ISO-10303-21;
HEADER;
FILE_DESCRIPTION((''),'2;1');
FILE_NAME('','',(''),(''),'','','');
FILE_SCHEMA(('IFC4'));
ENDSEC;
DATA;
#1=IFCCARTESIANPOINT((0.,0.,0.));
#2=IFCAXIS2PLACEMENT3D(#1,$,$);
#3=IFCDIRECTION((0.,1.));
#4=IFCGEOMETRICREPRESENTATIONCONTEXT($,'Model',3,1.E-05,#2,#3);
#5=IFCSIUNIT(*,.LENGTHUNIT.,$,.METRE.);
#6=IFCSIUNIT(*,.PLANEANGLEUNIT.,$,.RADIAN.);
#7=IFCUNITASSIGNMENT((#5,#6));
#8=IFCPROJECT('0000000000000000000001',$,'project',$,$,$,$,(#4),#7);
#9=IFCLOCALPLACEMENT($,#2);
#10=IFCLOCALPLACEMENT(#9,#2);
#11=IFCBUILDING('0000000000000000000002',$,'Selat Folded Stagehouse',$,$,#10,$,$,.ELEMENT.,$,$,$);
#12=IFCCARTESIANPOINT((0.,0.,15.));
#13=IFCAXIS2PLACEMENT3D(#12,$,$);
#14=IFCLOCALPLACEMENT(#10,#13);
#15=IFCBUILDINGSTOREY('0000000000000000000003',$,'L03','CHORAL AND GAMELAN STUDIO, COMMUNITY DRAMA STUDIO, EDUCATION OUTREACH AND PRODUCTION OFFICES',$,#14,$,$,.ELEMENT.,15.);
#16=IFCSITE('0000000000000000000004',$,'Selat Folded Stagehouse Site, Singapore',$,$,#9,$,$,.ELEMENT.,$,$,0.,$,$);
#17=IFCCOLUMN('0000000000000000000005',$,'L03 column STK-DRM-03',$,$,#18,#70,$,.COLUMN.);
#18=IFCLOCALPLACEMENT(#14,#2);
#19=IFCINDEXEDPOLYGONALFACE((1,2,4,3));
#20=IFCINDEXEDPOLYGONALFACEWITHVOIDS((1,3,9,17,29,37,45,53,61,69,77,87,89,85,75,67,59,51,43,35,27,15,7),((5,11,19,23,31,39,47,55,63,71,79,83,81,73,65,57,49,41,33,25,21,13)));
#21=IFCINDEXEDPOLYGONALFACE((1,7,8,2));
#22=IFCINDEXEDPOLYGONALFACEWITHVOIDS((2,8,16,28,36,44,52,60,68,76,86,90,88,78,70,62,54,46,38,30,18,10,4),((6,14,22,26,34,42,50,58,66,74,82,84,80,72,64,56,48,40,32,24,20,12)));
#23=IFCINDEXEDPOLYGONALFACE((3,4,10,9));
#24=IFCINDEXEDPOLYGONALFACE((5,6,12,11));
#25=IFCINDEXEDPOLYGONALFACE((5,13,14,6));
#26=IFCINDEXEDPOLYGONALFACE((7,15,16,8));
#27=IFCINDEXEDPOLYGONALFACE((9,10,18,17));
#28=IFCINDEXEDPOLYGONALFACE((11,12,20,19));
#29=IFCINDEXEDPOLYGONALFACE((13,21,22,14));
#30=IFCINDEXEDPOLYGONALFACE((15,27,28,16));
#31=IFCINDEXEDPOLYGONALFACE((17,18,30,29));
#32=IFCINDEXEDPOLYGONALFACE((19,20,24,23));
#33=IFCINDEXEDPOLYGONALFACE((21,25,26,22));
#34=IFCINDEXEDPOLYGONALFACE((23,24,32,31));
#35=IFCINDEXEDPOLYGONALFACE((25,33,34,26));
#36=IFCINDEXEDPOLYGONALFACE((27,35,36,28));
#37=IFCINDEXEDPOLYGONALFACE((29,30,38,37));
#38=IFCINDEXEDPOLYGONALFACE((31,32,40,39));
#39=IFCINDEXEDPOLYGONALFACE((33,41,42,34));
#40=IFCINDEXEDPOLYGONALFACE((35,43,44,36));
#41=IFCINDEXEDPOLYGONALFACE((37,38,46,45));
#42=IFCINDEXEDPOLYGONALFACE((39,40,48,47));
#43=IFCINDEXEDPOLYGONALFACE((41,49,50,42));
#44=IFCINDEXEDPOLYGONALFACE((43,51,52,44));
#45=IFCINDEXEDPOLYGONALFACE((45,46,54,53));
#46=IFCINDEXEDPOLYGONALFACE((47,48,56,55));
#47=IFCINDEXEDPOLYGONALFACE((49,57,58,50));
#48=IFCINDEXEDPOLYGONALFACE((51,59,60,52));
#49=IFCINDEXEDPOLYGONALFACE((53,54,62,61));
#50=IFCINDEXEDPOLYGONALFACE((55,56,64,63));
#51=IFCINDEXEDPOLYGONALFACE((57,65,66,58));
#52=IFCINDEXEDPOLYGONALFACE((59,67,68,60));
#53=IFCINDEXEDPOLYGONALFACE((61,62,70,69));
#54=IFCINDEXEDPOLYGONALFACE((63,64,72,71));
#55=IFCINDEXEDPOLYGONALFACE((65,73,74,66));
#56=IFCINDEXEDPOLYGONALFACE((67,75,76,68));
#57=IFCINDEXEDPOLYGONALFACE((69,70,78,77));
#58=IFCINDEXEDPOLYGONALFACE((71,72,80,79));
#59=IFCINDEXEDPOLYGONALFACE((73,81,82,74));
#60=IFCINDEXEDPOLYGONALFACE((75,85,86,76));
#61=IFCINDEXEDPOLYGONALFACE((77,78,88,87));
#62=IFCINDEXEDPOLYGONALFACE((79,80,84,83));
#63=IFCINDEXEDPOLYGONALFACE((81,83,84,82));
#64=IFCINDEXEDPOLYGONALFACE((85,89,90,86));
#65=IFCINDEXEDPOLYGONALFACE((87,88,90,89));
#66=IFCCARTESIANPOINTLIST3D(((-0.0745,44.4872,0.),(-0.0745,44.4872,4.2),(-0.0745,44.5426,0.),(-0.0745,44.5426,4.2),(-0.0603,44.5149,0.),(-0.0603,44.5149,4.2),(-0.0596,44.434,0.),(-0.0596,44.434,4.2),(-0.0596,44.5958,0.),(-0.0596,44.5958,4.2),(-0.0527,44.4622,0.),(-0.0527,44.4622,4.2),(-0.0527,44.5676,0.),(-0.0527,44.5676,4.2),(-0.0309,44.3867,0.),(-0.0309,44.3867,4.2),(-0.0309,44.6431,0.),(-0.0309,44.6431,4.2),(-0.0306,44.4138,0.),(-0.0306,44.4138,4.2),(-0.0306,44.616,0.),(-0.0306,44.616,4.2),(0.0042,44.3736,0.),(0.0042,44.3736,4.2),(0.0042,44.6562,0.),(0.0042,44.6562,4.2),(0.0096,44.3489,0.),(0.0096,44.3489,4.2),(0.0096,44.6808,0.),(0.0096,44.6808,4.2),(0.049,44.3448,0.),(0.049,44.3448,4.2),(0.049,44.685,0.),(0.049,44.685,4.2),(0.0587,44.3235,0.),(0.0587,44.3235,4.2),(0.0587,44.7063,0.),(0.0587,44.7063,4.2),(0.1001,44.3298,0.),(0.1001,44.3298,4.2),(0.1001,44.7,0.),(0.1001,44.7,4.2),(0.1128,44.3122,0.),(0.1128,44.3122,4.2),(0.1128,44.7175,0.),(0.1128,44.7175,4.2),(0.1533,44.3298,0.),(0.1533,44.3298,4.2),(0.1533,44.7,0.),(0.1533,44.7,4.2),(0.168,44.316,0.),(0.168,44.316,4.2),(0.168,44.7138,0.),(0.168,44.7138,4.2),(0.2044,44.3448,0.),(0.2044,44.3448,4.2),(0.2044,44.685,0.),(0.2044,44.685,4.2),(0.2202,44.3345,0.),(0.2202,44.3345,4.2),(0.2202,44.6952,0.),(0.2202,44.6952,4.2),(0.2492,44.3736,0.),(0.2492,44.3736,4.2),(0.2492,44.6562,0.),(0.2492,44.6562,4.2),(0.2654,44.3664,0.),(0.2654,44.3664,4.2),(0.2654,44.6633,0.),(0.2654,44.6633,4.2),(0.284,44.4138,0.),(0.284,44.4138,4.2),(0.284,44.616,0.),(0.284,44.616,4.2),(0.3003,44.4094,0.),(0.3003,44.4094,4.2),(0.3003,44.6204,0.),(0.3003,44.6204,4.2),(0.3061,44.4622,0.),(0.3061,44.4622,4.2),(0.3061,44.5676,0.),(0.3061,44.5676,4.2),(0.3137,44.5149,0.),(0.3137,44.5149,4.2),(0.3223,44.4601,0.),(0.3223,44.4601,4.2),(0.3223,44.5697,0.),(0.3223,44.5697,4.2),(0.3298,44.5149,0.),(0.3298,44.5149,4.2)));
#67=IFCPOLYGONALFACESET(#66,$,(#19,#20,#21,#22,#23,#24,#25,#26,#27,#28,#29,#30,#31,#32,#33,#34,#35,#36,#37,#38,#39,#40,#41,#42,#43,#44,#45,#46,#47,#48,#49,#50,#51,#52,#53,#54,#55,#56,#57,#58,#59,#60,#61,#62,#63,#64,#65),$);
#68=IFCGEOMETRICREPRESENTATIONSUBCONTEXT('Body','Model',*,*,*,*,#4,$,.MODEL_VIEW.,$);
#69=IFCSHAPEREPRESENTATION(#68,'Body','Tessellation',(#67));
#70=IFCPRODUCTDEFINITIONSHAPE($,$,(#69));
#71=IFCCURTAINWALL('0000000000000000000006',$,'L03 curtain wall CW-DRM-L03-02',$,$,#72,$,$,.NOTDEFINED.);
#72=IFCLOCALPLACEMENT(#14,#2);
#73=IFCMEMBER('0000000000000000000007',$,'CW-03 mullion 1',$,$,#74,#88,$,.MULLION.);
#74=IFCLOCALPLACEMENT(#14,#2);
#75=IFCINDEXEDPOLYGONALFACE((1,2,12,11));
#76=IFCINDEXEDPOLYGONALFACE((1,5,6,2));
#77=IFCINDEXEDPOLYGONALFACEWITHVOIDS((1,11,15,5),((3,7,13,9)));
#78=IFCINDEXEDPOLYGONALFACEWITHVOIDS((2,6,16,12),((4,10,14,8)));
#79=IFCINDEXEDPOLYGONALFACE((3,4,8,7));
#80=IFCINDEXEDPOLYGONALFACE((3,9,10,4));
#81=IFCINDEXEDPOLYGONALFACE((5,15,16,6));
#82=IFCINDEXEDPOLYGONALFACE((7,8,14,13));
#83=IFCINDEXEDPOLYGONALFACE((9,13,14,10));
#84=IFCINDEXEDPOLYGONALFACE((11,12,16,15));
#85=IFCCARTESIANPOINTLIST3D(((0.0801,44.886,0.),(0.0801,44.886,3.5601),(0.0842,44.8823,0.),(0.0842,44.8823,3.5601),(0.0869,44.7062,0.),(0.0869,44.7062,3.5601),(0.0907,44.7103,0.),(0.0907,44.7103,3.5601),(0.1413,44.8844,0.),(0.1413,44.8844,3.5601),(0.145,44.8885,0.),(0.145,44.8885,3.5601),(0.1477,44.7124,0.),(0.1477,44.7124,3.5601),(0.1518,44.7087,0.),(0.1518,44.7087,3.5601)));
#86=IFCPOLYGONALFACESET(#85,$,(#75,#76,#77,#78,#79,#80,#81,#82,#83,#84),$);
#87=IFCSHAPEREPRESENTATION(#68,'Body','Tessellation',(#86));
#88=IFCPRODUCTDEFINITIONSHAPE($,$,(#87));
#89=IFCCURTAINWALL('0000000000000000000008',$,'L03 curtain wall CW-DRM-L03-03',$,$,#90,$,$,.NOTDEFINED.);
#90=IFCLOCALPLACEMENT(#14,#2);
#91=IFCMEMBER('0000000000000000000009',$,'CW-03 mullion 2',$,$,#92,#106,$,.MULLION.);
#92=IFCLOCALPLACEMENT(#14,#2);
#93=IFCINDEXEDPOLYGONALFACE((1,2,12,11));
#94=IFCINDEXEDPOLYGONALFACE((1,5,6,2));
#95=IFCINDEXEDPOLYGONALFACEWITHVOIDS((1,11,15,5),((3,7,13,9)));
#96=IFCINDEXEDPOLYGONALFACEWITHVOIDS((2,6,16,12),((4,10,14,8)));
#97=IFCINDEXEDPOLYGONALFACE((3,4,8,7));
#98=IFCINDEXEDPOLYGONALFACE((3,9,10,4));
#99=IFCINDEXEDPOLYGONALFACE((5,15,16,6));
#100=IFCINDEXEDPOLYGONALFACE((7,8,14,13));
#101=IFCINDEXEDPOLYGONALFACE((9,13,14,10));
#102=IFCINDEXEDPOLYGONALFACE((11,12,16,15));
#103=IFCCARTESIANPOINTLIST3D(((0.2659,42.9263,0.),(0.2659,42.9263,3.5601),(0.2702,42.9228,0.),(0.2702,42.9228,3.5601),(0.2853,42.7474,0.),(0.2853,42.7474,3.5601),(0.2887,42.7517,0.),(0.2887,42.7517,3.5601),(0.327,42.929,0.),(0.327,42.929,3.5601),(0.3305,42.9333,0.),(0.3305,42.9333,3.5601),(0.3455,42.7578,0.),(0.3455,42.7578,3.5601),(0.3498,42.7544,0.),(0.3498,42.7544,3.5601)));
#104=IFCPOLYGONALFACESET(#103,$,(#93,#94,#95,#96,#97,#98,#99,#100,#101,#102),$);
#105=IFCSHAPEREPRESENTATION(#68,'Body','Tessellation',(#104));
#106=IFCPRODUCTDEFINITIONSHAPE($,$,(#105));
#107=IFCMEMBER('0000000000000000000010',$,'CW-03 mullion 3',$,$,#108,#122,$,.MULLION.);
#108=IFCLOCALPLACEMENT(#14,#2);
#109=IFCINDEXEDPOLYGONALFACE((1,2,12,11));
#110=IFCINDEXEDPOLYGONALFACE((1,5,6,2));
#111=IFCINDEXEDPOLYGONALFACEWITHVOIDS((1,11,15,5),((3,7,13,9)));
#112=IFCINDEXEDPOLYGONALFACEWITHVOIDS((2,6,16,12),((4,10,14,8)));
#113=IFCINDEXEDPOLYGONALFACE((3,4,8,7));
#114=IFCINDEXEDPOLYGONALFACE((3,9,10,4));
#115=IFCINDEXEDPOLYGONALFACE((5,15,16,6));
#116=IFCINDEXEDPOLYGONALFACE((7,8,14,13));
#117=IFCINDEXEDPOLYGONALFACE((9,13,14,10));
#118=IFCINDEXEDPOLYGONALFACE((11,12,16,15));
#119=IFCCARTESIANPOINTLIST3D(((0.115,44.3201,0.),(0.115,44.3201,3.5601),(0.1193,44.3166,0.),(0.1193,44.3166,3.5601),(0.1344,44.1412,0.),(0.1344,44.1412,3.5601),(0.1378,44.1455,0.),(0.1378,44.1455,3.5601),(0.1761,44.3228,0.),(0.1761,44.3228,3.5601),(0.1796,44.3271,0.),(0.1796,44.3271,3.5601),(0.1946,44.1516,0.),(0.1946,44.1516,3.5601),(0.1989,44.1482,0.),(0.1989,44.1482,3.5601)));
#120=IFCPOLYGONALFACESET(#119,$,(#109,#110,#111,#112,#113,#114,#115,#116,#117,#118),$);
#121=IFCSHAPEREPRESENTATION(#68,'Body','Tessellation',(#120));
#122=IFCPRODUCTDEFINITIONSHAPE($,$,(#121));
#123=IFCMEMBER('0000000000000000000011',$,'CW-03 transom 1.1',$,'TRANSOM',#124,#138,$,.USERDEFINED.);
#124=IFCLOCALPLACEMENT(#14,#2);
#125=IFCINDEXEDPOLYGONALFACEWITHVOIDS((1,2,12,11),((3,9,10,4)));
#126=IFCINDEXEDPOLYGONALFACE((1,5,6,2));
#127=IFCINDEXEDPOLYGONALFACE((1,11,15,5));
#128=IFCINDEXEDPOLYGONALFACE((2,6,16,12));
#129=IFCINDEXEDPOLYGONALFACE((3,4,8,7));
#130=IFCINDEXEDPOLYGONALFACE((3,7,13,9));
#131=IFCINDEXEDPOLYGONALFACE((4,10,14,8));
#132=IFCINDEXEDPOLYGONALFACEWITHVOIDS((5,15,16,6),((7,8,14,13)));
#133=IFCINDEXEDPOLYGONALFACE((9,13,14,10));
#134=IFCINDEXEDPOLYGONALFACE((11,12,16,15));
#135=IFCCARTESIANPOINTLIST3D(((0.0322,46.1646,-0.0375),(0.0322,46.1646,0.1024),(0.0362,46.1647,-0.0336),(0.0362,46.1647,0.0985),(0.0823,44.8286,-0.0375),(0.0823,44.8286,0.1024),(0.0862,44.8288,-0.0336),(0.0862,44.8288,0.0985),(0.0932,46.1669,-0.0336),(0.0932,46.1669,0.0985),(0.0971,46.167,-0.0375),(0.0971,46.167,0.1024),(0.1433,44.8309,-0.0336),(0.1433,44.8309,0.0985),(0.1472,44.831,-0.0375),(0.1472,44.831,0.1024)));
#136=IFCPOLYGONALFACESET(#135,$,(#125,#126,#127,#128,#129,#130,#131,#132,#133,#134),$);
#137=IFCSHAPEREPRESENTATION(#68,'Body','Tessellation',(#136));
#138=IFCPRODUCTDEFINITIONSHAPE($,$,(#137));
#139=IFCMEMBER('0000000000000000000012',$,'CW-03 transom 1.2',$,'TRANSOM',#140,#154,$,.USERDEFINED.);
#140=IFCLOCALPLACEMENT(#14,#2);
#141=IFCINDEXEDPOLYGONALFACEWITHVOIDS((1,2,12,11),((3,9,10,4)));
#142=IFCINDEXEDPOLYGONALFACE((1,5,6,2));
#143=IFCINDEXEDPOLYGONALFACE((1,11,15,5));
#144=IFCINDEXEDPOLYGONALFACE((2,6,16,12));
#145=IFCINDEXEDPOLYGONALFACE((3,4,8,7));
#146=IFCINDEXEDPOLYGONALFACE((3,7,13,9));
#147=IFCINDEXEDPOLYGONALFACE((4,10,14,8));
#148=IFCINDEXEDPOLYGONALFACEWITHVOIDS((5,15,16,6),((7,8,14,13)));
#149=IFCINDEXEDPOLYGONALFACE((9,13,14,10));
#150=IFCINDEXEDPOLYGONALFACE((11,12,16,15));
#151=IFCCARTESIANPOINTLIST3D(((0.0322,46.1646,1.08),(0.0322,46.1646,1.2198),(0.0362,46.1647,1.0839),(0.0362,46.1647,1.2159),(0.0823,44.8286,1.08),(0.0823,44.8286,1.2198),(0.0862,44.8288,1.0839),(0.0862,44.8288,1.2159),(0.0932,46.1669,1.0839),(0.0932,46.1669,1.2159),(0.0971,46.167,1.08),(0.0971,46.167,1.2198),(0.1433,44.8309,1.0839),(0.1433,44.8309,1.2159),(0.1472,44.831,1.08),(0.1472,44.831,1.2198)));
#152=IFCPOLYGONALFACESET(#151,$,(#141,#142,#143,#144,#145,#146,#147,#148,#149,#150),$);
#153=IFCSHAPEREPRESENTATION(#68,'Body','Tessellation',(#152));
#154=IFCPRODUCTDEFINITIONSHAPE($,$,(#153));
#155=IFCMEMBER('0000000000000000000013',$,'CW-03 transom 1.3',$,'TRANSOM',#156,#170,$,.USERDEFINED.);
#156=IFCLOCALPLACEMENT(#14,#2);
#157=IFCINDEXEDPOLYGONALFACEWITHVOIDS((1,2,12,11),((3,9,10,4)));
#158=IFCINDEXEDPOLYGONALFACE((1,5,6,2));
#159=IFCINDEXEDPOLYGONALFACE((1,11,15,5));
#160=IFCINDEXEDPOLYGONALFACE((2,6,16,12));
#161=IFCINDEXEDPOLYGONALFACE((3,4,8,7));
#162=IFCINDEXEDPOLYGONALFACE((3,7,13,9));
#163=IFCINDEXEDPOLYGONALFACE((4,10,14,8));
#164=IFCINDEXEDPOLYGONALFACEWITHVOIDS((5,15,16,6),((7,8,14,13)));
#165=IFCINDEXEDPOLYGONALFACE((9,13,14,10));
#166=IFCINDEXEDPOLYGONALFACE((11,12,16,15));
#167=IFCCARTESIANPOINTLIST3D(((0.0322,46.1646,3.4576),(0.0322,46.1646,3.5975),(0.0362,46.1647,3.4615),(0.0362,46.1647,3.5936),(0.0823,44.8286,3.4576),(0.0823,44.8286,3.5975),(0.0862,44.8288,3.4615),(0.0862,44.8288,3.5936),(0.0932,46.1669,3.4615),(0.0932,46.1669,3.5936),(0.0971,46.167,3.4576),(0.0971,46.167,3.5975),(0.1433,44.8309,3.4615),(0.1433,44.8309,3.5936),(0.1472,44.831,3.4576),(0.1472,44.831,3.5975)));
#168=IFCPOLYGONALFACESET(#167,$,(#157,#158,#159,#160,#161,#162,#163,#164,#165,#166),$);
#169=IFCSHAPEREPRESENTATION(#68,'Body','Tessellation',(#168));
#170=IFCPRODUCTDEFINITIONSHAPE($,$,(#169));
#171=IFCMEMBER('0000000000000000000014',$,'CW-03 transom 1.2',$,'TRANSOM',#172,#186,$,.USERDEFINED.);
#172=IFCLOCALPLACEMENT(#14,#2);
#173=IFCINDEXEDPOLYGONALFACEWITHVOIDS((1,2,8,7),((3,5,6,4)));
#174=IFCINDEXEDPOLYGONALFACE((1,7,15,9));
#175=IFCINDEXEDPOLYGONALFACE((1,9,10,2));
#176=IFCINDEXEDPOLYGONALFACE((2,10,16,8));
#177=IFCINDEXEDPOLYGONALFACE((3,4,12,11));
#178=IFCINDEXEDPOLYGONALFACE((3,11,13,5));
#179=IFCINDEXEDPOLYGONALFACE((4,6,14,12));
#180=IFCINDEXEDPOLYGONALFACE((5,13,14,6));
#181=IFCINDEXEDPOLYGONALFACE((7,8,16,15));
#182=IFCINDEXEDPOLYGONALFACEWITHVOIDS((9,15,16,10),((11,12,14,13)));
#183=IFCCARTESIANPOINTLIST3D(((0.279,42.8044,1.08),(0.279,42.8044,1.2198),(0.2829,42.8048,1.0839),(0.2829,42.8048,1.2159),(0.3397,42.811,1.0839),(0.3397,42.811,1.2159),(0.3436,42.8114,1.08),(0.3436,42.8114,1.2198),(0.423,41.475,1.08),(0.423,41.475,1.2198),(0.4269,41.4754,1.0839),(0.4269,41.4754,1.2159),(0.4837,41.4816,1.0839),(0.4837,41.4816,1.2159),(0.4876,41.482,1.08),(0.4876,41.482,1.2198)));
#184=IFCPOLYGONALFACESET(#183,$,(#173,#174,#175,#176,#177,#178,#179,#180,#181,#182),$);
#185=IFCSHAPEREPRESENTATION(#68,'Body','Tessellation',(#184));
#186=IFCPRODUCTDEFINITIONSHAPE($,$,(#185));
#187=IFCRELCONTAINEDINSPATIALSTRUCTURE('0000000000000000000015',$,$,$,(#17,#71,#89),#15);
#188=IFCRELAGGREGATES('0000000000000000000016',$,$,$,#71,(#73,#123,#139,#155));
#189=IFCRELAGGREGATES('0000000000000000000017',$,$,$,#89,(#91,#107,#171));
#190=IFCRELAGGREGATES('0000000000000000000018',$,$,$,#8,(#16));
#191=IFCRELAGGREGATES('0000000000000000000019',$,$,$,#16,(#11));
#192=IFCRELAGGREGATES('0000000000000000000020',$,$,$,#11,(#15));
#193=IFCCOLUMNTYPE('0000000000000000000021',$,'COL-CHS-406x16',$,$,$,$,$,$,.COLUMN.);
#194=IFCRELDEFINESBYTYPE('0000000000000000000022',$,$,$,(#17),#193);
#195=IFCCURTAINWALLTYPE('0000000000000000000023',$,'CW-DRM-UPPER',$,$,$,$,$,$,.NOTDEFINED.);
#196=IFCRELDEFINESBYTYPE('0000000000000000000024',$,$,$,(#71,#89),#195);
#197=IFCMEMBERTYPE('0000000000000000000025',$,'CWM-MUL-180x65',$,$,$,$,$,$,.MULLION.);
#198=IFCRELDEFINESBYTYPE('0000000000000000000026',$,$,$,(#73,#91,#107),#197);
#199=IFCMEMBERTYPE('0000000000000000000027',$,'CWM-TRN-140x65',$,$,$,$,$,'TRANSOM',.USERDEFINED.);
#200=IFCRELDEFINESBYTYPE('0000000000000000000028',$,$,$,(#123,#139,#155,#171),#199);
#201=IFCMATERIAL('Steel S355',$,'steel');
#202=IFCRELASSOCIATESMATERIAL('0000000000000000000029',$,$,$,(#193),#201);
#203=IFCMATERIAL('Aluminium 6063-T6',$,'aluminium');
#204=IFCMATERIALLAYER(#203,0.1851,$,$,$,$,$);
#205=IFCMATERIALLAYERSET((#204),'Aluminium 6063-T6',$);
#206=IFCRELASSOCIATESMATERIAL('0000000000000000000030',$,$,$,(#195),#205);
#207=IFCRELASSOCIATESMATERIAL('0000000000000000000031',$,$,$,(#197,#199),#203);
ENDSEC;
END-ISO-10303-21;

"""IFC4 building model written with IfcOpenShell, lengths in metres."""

from ifc_helpers import new_model, si_unit, direction, frame, origin, origin_2d, place, context, subcontext, project, spatial, hollow_rectangle, hollow_circle, extrude, material, layer, layer_set, material_profile, profile_set, type_object, element, aggregate, save


model = new_model("IFC4")

# Units and contexts
model_context = context("Model", 3, precision=1e-05, world=origin(), true_north=direction((0.0, 1.0)))
body_context = subcontext(model_context, "Body", "Model", "MODEL_VIEW")
ifc_project = project(units=[si_unit("LENGTHUNIT", "METRE"), si_unit("PLANEANGLEUNIT", "RADIAN")], contexts=[model_context])

# Site, building, storey
site_placement = place(None, origin())
site = spatial("IfcSite", under=ifc_project, at=site_placement, Name="Selat Folded Stagehouse Site, Singapore", CompositionType="ELEMENT", RefElevation=0.0)
building_placement = place(site_placement, origin())
building = spatial("IfcBuilding", under=site, at=building_placement, Name="Selat Folded Stagehouse", CompositionType="ELEMENT")
storey_placement = place(building_placement, frame((0.0, 0.0, 15.0)))
storey = spatial("IfcBuildingStorey", under=building, at=storey_placement, Name="L03", Description="CHORAL AND GAMELAN STUDIO, COMMUNITY DRAMA STUDIO, EDUCATION OUTREACH AND PRODUCTION OFFICES", CompositionType="ELEMENT", Elevation=15.0)

# Column
ifc_material_1 = material(Name="Steel S355", Category="steel")
ifc_material_profile_1 = material_profile(ifc_material_1, hollow_circle(Radius=0.2031, WallThickness=0.0161, at=origin_2d()), Name="CHS 406.4x16.0")
ifc_profile_set_1 = profile_set([ifc_material_profile_1], Name="Steel S355")
column_type = type_object("IfcColumnType", Name="COL-CHS-406x16", PredefinedType="COLUMN", material=ifc_profile_set_1)
column_placement = place(storey_placement, frame((0.1267, 44.5149, 0.0), z_axis=(0.0, 0.0, 1.0), x_axis=(1.0, 0.0, 0.0)))
element("IfcColumn", 1, at=column_placement, inside=storey, type_object=column_type, Name="L03 column STK-DRM-03", PredefinedType="COLUMN", context=body_context, shape_type="SweptSolid", body=[
    extrude(hollow_circle(Radius=0.2031, WallThickness=0.0161, at=origin_2d()), origin(), (0.0, 0.0, 1.0), 4.2),
])

# Curtain wall, member
ifc_material_2 = material(Name="Aluminium 6063-T6", Category="aluminium")
ifc_layer_1 = layer(ifc_material_2, 0.1851)
ifc_layer_set_1 = layer_set([ifc_layer_1], Name="Aluminium 6063-T6")
curtain_wall_type = type_object("IfcCurtainWallType", Name="CW-DRM-UPPER", PredefinedType="NOTDEFINED", material=ifc_layer_set_1)
curtain_wall_1_placement = place(storey_placement, origin())
curtain_wall_1 = element("IfcCurtainWall", 2, at=curtain_wall_1_placement, inside=storey, type_object=curtain_wall_type, Name="L03 curtain wall CW-DRM-L03-02", PredefinedType="NOTDEFINED")
ifc_material_profile_2 = material_profile(ifc_material_2, hollow_rectangle(XDim=0.0649, YDim=0.1799, WallThickness=0.0039, at=origin_2d()), Name="ALU 180x65x4.0")
ifc_profile_set_2 = profile_set([ifc_material_profile_2], Name="Aluminium 6063-T6")
member_type_1 = type_object("IfcMemberType", Name="CWM-MUL-180x65", PredefinedType="MULLION", material=ifc_profile_set_2)
member_1_placement = place(storey_placement, frame((0.116, 44.7974, 0.0), z_axis=(0.0, 0.0, 1.0), x_axis=(-0.999294, -0.037574, 0.0)))
member_1 = element("IfcMember", 3, at=member_1_placement, type_object=member_type_1, Name="CW-03 mullion 1", PredefinedType="MULLION", context=body_context, shape_type="SweptSolid", body=[
    extrude(hollow_rectangle(XDim=0.0649, YDim=0.1799, WallThickness=0.0039, at=origin_2d()), origin(), (0.0, 0.0, 1.0), 3.5601),
])

# Curtain wall, members
curtain_wall_2_placement = place(storey_placement, origin())
curtain_wall_2 = element("IfcCurtainWall", 4, at=curtain_wall_2_placement, inside=storey, type_object=curtain_wall_type, Name="L03 curtain wall CW-DRM-L03-03", PredefinedType="NOTDEFINED")
member_2_placement = place(storey_placement, frame((0.3079, 42.8403, 0.0), z_axis=(0.0, 0.0, 1.0), x_axis=(-0.994199, -0.107558, 0.0)))
member_2 = element("IfcMember", 5, at=member_2_placement, type_object=member_type_1, Name="CW-03 mullion 2", PredefinedType="MULLION", context=body_context, shape_type="SweptSolid", body=[
    extrude(hollow_rectangle(XDim=0.0649, YDim=0.1799, WallThickness=0.0039, at=origin_2d()), origin(), (0.0, 0.0, 1.0), 3.5601),
])
member_3_placement = place(storey_placement, frame((0.157, 44.2341, 0.0), z_axis=(0.0, 0.0, 1.0), x_axis=(-0.994199, -0.107558, 0.0)))
member_3 = element("IfcMember", 6, at=member_3_placement, type_object=member_type_1, Name="CW-03 mullion 3", PredefinedType="MULLION", context=body_context, shape_type="SweptSolid", body=[
    extrude(hollow_rectangle(XDim=0.0649, YDim=0.1799, WallThickness=0.0039, at=origin_2d()), origin(), (0.0, 0.0, 1.0), 3.5601),
])

# Members
ifc_material_profile_3 = material_profile(ifc_material_2, hollow_rectangle(XDim=0.0649, YDim=0.1399, WallThickness=0.0039, at=origin_2d()), Name="ALU 140x65x4.0")
ifc_profile_set_3 = profile_set([ifc_material_profile_3], Name="Aluminium 6063-T6")
member_type_2 = type_object("IfcMemberType", Name="CWM-TRN-140x65", ElementType="TRANSOM", PredefinedType="USERDEFINED", material=ifc_profile_set_3)
member_4_placement = place(storey_placement, frame((0.1147, 44.8298, 0.0325), z_axis=(-0.037437, 0.999299, 0.0), x_axis=(-0.999299, -0.037437, 0.0)))
member_4 = element("IfcMember", 7, at=member_4_placement, type_object=member_type_2, Name="CW-03 transom 1.1", ObjectType="TRANSOM", PredefinedType="USERDEFINED", context=body_context, shape_type="SweptSolid", body=[
    extrude(hollow_rectangle(XDim=0.0649, YDim=0.1399, WallThickness=0.0039, at=origin_2d()), origin(), (0.0, 0.0, 1.0), 1.3369),
])
member_5_placement = place(storey_placement, frame((0.1147, 44.8298, 1.1499), z_axis=(-0.037437, 0.999299, 0.0), x_axis=(-0.999299, -0.037437, 0.0)))
member_5 = element("IfcMember", 8, at=member_5_placement, type_object=member_type_2, Name="CW-03 transom 1.2", ObjectType="TRANSOM", PredefinedType="USERDEFINED", context=body_context, shape_type="SweptSolid", body=[
    extrude(hollow_rectangle(XDim=0.0649, YDim=0.1399, WallThickness=0.0039, at=origin_2d()), origin(), (0.0, 0.0, 1.0), 1.3369),
])
member_6_placement = place(storey_placement, frame((0.1147, 44.8298, 3.5276), z_axis=(-0.037437, 0.999299, 0.0), x_axis=(-0.999299, -0.037437, 0.0)))
member_6 = element("IfcMember", 9, at=member_6_placement, type_object=member_type_2, Name="CW-03 transom 1.3", ObjectType="TRANSOM", PredefinedType="USERDEFINED", context=body_context, shape_type="SweptSolid", body=[
    extrude(hollow_rectangle(XDim=0.0649, YDim=0.1399, WallThickness=0.0039, at=origin_2d()), origin(), (0.0, 0.0, 1.0), 1.3369),
])
member_7_placement = place(storey_placement, frame((0.4553, 41.4785, 1.1499), z_axis=(-0.107726, 0.994181, 0.0), x_axis=(-0.994181, -0.107726, 0.0)))
member_7 = element("IfcMember", 10, at=member_7_placement, type_object=member_type_2, Name="CW-03 transom 1.2", ObjectType="TRANSOM", PredefinedType="USERDEFINED", context=body_context, shape_type="SweptSolid", body=[
    extrude(hollow_rectangle(XDim=0.0649, YDim=0.1399, WallThickness=0.0039, at=origin_2d()), origin(), (0.0, 0.0, 1.0), 1.3372),
])

aggregate(curtain_wall_1, [member_1, member_4, member_5, member_6])
aggregate(curtain_wall_2, [member_2, member_3, member_7])

save(model, "model.ifc")
